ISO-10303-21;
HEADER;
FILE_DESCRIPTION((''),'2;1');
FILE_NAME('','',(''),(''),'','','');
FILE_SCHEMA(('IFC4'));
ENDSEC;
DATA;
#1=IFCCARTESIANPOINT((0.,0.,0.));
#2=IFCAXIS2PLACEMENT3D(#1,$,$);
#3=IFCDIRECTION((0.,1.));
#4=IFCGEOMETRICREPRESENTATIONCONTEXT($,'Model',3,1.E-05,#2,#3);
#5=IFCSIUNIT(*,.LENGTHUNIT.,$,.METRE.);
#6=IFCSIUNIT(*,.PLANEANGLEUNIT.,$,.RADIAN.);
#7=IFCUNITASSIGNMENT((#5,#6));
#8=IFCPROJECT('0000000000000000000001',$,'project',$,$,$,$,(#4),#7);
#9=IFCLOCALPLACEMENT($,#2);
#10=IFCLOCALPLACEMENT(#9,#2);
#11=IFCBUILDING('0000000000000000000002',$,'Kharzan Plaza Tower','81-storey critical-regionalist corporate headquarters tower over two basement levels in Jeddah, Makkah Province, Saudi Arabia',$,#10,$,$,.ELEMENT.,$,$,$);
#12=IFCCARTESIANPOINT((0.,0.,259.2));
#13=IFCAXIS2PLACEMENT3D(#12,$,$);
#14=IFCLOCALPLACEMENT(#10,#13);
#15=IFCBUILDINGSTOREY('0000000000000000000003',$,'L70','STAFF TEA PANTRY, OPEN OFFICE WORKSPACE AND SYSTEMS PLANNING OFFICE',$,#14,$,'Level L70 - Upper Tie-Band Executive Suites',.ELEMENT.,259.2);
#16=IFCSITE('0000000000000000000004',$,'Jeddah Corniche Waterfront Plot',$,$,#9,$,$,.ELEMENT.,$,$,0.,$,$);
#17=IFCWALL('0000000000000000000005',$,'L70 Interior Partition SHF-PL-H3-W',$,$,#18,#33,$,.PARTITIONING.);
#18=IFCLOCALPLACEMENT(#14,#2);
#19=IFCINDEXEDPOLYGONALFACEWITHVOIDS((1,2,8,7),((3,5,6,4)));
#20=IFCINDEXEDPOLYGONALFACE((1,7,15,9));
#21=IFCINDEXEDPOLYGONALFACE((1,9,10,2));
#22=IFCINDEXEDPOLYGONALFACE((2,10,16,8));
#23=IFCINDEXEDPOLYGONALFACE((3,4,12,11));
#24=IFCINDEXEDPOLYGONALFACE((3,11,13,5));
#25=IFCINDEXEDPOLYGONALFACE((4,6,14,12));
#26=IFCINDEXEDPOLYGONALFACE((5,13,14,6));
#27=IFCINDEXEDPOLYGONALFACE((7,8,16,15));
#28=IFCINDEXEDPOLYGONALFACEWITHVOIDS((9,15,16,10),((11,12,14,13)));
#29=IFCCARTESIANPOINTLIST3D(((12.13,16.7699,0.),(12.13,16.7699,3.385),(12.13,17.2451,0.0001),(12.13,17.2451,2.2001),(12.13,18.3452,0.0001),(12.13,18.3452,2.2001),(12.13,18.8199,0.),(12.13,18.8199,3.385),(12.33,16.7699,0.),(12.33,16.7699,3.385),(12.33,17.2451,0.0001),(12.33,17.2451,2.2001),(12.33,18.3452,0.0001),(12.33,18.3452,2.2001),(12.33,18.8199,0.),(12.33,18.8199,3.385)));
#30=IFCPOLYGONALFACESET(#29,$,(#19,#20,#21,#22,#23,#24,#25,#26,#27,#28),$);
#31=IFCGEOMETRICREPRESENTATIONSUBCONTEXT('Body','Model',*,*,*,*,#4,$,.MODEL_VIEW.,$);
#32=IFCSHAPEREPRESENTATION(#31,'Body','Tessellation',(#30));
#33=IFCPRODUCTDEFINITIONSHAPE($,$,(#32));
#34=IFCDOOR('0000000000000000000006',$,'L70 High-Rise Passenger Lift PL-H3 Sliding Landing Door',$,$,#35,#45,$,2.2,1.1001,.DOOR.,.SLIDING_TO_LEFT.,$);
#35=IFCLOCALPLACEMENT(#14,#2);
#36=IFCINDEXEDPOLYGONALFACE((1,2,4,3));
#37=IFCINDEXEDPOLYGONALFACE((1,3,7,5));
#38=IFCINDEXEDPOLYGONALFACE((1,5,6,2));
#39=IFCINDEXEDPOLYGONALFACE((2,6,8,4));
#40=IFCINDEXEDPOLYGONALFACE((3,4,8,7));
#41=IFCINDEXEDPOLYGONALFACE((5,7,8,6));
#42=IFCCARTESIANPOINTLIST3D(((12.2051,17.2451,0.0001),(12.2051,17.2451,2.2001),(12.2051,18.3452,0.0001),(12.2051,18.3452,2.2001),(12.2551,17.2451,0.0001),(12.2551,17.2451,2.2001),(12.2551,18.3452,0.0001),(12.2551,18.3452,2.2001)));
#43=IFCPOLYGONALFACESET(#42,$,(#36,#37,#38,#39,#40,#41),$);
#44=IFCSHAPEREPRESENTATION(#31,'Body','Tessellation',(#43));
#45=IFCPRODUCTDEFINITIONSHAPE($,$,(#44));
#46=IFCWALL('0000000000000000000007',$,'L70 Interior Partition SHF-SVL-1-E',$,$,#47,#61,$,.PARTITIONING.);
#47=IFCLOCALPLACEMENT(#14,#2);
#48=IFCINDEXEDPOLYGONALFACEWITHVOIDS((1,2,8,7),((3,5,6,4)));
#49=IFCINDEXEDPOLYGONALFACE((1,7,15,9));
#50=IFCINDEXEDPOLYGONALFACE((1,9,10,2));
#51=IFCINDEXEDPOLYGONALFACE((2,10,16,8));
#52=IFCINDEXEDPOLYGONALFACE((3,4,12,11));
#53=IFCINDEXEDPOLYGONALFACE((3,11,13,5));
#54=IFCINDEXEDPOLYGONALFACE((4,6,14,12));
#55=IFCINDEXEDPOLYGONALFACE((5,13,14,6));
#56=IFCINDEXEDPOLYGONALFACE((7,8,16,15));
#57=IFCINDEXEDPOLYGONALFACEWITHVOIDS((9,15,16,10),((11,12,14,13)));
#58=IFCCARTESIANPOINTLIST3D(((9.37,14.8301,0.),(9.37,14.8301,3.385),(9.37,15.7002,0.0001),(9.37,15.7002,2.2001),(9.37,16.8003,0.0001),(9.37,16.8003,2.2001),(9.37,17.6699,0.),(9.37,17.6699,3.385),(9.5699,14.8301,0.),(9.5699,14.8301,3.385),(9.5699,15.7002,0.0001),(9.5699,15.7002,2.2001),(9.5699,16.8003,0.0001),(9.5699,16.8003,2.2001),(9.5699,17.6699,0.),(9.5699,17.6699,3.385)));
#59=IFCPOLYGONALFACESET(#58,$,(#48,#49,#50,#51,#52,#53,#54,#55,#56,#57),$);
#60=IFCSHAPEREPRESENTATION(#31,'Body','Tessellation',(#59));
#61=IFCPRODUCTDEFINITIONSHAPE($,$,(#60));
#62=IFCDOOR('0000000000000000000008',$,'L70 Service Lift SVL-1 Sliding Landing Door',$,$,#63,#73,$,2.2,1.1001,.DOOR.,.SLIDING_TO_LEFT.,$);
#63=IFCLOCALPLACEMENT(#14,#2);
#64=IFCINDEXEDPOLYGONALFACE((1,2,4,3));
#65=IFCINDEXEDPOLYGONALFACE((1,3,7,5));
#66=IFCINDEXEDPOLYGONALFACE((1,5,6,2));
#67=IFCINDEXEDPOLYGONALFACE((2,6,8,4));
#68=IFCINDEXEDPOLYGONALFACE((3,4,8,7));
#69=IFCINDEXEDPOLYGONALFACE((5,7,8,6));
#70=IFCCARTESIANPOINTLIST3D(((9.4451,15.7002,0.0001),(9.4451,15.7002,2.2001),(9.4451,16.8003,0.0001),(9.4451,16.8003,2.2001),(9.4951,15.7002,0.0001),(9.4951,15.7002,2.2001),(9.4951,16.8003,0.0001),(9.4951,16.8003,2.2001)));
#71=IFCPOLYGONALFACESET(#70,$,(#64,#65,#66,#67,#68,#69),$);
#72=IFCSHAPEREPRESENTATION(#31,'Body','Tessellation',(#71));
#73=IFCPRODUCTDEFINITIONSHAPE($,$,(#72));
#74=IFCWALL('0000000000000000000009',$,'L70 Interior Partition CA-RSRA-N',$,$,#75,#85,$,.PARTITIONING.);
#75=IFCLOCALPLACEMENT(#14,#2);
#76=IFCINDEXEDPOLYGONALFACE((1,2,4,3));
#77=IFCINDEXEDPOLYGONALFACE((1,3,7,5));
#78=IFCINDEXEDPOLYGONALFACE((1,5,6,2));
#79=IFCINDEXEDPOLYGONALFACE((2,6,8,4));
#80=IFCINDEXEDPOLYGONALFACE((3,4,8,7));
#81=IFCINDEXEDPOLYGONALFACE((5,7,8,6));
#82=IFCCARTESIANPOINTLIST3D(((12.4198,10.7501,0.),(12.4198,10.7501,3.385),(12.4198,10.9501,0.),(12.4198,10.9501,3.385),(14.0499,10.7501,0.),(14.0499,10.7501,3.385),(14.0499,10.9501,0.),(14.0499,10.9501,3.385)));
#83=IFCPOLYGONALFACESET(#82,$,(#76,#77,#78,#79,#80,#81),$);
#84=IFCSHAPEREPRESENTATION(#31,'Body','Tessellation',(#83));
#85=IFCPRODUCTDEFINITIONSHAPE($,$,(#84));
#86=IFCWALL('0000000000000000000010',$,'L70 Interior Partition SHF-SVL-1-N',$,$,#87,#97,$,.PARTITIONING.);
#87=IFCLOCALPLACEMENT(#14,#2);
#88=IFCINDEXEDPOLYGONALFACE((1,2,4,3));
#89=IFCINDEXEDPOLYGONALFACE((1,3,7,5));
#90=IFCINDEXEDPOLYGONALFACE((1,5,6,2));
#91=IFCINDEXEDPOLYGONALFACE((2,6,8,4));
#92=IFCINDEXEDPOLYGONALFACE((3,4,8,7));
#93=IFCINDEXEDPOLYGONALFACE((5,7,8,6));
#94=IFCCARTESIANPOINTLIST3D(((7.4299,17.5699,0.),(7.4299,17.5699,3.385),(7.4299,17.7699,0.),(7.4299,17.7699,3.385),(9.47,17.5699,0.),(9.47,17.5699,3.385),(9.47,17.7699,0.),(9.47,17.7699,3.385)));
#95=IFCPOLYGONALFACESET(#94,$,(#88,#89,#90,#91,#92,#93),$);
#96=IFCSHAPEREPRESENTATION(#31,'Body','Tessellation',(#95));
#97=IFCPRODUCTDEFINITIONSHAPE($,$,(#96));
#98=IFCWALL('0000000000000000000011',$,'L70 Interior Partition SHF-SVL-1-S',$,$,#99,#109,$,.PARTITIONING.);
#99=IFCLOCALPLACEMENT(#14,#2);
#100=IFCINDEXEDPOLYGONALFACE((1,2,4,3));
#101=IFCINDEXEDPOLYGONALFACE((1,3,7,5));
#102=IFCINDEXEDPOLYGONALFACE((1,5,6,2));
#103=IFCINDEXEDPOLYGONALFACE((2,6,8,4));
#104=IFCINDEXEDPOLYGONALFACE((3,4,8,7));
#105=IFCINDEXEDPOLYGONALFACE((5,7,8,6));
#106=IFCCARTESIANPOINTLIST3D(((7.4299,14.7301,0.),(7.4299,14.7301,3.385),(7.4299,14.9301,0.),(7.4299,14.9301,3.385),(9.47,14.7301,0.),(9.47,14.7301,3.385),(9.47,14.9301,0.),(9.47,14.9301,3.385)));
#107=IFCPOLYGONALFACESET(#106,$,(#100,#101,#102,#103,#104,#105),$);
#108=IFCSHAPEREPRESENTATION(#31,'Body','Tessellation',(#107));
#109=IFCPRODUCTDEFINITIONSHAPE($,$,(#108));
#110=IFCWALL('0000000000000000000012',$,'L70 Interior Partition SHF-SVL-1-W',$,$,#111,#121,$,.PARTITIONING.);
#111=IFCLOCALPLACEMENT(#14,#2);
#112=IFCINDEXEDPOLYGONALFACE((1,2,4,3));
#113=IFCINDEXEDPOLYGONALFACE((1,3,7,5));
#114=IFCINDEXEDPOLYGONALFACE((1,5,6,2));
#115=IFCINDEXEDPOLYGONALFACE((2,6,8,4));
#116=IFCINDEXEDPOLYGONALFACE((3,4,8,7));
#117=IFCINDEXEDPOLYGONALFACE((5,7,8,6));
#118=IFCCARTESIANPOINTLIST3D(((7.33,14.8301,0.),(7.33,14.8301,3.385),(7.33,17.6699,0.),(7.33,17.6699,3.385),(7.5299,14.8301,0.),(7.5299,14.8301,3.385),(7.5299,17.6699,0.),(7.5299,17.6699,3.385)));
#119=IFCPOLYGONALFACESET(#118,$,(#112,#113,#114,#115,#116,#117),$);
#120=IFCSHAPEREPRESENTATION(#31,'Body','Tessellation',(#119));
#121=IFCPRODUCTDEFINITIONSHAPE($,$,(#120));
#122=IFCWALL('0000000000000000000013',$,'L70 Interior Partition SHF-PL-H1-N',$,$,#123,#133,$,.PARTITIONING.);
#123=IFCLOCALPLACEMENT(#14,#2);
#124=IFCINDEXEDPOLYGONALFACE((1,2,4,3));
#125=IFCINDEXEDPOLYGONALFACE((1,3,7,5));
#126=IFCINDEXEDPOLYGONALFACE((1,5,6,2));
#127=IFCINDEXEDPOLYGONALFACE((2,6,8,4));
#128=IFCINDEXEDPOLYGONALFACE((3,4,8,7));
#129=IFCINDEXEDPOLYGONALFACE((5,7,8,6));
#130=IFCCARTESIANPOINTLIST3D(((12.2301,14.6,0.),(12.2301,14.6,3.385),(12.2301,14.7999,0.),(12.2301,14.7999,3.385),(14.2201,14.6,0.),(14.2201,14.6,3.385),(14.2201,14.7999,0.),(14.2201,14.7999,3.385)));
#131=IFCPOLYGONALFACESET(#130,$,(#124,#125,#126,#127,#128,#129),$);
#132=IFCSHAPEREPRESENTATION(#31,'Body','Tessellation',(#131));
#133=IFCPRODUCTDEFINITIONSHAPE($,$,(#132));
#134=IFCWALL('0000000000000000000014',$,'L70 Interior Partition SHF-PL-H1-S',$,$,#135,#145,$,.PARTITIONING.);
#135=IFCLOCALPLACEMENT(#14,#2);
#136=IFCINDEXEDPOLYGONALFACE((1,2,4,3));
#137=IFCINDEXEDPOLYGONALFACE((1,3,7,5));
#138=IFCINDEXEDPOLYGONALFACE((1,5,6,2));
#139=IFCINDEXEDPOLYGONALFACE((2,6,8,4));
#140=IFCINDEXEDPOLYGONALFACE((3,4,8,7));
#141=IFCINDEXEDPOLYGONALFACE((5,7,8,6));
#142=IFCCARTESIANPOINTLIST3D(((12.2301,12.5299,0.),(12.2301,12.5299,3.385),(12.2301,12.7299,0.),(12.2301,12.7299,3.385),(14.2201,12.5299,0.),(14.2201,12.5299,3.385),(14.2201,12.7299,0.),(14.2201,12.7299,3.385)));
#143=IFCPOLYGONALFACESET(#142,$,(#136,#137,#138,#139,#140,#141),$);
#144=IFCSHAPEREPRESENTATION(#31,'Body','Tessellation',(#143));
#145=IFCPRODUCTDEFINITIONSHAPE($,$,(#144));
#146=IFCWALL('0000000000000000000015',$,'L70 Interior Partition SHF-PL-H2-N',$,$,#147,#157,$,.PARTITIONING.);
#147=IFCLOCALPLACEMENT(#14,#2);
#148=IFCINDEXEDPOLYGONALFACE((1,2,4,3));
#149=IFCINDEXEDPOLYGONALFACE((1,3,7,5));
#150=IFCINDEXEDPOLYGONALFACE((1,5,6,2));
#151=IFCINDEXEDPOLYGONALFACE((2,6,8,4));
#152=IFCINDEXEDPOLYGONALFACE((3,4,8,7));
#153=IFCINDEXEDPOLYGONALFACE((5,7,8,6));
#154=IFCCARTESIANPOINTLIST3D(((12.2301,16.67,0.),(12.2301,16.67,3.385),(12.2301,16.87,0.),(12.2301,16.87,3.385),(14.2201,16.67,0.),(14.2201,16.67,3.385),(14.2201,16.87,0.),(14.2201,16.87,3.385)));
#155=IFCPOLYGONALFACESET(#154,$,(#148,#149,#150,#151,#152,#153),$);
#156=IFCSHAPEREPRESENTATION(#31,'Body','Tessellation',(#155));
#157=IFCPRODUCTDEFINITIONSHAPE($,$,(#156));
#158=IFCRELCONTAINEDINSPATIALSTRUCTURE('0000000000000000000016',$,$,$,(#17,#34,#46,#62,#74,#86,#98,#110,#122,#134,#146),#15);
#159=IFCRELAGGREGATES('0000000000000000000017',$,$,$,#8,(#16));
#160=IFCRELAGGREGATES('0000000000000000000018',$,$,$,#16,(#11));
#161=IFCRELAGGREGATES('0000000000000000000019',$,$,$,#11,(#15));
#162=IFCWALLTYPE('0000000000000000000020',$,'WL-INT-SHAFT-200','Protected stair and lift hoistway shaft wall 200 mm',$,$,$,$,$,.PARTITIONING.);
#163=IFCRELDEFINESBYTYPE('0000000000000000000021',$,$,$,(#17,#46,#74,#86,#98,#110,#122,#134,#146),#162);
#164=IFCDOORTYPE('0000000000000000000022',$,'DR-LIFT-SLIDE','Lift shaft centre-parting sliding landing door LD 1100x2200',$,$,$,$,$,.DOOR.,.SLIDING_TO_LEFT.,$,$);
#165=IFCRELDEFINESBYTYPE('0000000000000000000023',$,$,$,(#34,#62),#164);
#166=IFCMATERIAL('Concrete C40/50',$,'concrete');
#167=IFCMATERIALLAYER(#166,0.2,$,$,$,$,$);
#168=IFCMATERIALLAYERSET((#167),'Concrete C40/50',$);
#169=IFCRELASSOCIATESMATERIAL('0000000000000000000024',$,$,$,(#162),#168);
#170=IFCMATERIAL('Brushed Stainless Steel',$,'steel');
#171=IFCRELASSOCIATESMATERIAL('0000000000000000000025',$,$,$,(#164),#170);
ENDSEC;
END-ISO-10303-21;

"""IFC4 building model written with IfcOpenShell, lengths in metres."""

from ifc_helpers import new_model, si_unit, direction, frame, frame_2d, origin, place, context, subcontext, project, spatial, rectangle, extrude, source, transform, mapped, material, layer, layer_set, type_object, element, fill, save


model = new_model("IFC4")

# Units and contexts
model_context = context("Model", 3, precision=1e-05, world=origin(), true_north=direction((0.0, 1.0)))
body_context = subcontext(model_context, "Body", "Model", "MODEL_VIEW")
ifc_project = project(units=[si_unit("LENGTHUNIT", "METRE"), si_unit("PLANEANGLEUNIT", "RADIAN")], contexts=[model_context])

# Site, building, storey
site_placement = place(None, origin())
site = spatial("IfcSite", under=ifc_project, at=site_placement, Name="Jeddah Corniche Waterfront Plot", CompositionType="ELEMENT", RefElevation=0.0)
building_placement = place(site_placement, origin())
building = spatial("IfcBuilding", under=site, at=building_placement, Name="Kharzan Plaza Tower", Description="81-storey critical-regionalist corporate headquarters tower over two basement levels in Jeddah, Makkah Province, Saudi Arabia", CompositionType="ELEMENT")
storey_placement = place(building_placement, frame((0.0, 0.0, 259.2)))
storey = spatial("IfcBuildingStorey", under=building, at=storey_placement, Name="L70", Description="STAFF TEA PANTRY, OPEN OFFICE WORKSPACE AND SYSTEMS PLANNING OFFICE", LongName="Level L70 - Upper Tie-Band Executive Suites", CompositionType="ELEMENT", Elevation=259.2)

# Walls, openings, doors
ifc_material_1 = material(Name="Concrete C40/50", Category="concrete")
ifc_layer_1 = layer(ifc_material_1, 0.2)
ifc_layer_set_1 = layer_set([ifc_layer_1], Name="Concrete C40/50")
wall_type_1 = type_object("IfcWallType", Name="WL-INT-SHAFT-200", Description="Protected stair and lift hoistway shaft wall 200 mm", PredefinedType="PARTITIONING", material=ifc_layer_set_1)
ifc_material_2 = material(Name="Brushed Stainless Steel", Category="steel")
door_type_1 = type_object("IfcDoorType", Name="DR-LIFT-SLIDE", Description="Lift shaft centre-parting sliding landing door LD 1100x2200", OperationType="SLIDING_TO_LEFT", PredefinedType="DOOR", material=ifc_material_2)
shared_shape_1 = source(origin(), body_context, "Body", "SweptSolid", [
    extrude(rectangle(XDim=1.1001, YDim=2.2, at=frame_2d((0.55, 1.1001))), frame((0.0, 0.0249, 0.0), z_axis=(0.0, -1.0, 0.0), x_axis=(1.0, 0.0, 0.0)), (0.0, 0.0, 1.0), 0.05),
])
wall_1_placement = place(storey_placement, frame((12.23, 16.77, 0.0), z_axis=(0.0, 0.0, 1.0), x_axis=(0.0, 1.0, 0.0)))
wall_1 = element("IfcWall", 1, at=wall_1_placement, inside=storey, type_object=wall_type_1, Name="L70 Interior Partition SHF-PL-H3-W", PredefinedType="PARTITIONING", context=body_context, shape_type="SweptSolid", body=[
    extrude(rectangle(XDim=2.05, YDim=0.2, at=frame_2d((1.0249, 0.0))), origin(), (0.0, 0.0, 1.0), 3.385),
])
opening_1_placement = place(wall_1_placement, frame((0.4751, 0.0, 0.0)))
opening_1 = element("IfcOpeningElement", 2, at=opening_1_placement, cuts=wall_1, PredefinedType="OPENING", context=body_context, shape_type="SweptSolid", body=[
    extrude(rectangle(XDim=1.1001, YDim=2.2, at=frame_2d((0.55, 1.1001))), frame((0.0, 0.1099, 0.0), z_axis=(0.0, -1.0, 0.0), x_axis=(1.0, 0.0, 0.0)), (0.0, 0.0, 1.0), 0.22),
])
door_1_placement = place(opening_1_placement, origin())
door_1 = element("IfcDoor", 3, at=door_1_placement, inside=storey, type_object=door_type_1, Name="L70 High-Rise Passenger Lift PL-H3 Sliding Landing Door", OperationType="SLIDING_TO_LEFT", OverallHeight=2.2, OverallWidth=1.1001, PredefinedType="DOOR", context=body_context, shape_type="MappedRepresentation", body=[
    mapped(shared_shape_1, transform((0.0, 0.0, 0.0), x_axis=(1.0, 0.0, 0.0), y_axis=(0.0, 1.0, 0.0), z_axis=(0.0, 0.0, 1.0))),
])
fill(opening_1, door_1)
wall_2_placement = place(storey_placement, frame((9.47, 14.8301, 0.0), z_axis=(0.0, 0.0, 1.0), x_axis=(0.0, 1.0, 0.0)))
wall_2 = element("IfcWall", 4, at=wall_2_placement, inside=storey, type_object=wall_type_1, Name="L70 Interior Partition SHF-SVL-1-E", PredefinedType="PARTITIONING", context=body_context, shape_type="SweptSolid", body=[
    extrude(rectangle(XDim=2.8398, YDim=0.2, at=frame_2d((1.4199, 0.0))), origin(), (0.0, 0.0, 1.0), 3.385),
])
opening_2_placement = place(wall_2_placement, frame((0.8701, 0.0, 0.0)))
opening_2 = element("IfcOpeningElement", 5, at=opening_2_placement, cuts=wall_2, PredefinedType="OPENING", context=body_context, shape_type="SweptSolid", body=[
    extrude(rectangle(XDim=1.1001, YDim=2.2, at=frame_2d((0.55, 1.1001))), frame((0.0, 0.1099, 0.0), z_axis=(0.0, -1.0, 0.0), x_axis=(1.0, 0.0, 0.0)), (0.0, 0.0, 1.0), 0.22),
])
door_2_placement = place(opening_2_placement, origin())
door_2 = element("IfcDoor", 6, at=door_2_placement, inside=storey, type_object=door_type_1, Name="L70 Service Lift SVL-1 Sliding Landing Door", OperationType="SLIDING_TO_LEFT", OverallHeight=2.2, OverallWidth=1.1001, PredefinedType="DOOR", context=body_context, shape_type="MappedRepresentation", body=[
    mapped(shared_shape_1, transform((0.0, 0.0, 0.0), x_axis=(1.0, 0.0, 0.0), y_axis=(0.0, 1.0, 0.0), z_axis=(0.0, 0.0, 1.0))),
])
fill(opening_2, door_2)

# Walls
shared_shape_2 = source(origin(), body_context, "Body", "SweptSolid", [
    extrude(rectangle(XDim=1.6301, YDim=0.2, at=frame_2d((0.8149, 0.0))), origin(), (0.0, 0.0, 1.0), 3.385),
])
wall_3_placement = place(storey_placement, frame((12.4199, 10.8501, 0.0), z_axis=(0.0, 0.0, 1.0), x_axis=(1.0, 0.0, 0.0)))
element("IfcWall", 7, at=wall_3_placement, inside=storey, type_object=wall_type_1, Name="L70 Interior Partition CA-RSRA-N", PredefinedType="PARTITIONING", context=body_context, shape_type="MappedRepresentation", body=[
    mapped(shared_shape_2, transform((0.0, 0.0, 0.0), x_axis=(1.0, 0.0, 0.0), y_axis=(0.0, 1.0, 0.0), z_axis=(0.0, 0.0, 1.0))),
])
shared_shape_3 = source(origin(), body_context, "Body", "SweptSolid", [
    extrude(rectangle(XDim=2.04, YDim=0.2, at=frame_2d((1.02, 0.0))), origin(), (0.0, 0.0, 1.0), 3.385),
])
for number, where, z_axis, x_axis, name in (
    (8, (7.4299, 17.6699, 0.0), (0.0, 0.0, 1.0), (1.0, 0.0, 0.0), "L70 Interior Partition SHF-SVL-1-N"),
    (9, (7.4299, 14.8301, 0.0), (0.0, 0.0, 1.0), (1.0, 0.0, 0.0), "L70 Interior Partition SHF-SVL-1-S"),
):
    element("IfcWall", number, at=place(storey_placement, frame(where, z_axis=z_axis, x_axis=x_axis)), inside=storey, type_object=wall_type_1, Name=name, PredefinedType="PARTITIONING", context=body_context, shape_type="MappedRepresentation", body=[
        mapped(shared_shape_3, transform((0.0, 0.0, 0.0), x_axis=(1.0, 0.0, 0.0), y_axis=(0.0, 1.0, 0.0), z_axis=(0.0, 0.0, 1.0))),
    ])
shared_shape_4 = source(origin(), body_context, "Body", "SweptSolid", [
    extrude(rectangle(XDim=2.8398, YDim=0.2, at=frame_2d((1.4199, 0.0))), origin(), (0.0, 0.0, 1.0), 3.385),
])
wall_4_placement = place(storey_placement, frame((7.4299, 14.8301, 0.0), z_axis=(0.0, 0.0, 1.0), x_axis=(0.0, 1.0, 0.0)))
element("IfcWall", 10, at=wall_4_placement, inside=storey, type_object=wall_type_1, Name="L70 Interior Partition SHF-SVL-1-W", PredefinedType="PARTITIONING", context=body_context, shape_type="MappedRepresentation", body=[
    mapped(shared_shape_4, transform((0.0, 0.0, 0.0), x_axis=(1.0, 0.0, 0.0), y_axis=(0.0, 1.0, 0.0), z_axis=(0.0, 0.0, 1.0))),
])
shared_shape_5 = source(origin(), body_context, "Body", "SweptSolid", [
    extrude(rectangle(XDim=1.99, YDim=0.2, at=frame_2d((0.9951, 0.0))), origin(), (0.0, 0.0, 1.0), 3.385),
])
for number, where, z_axis, x_axis, name in (
    (11, (12.23, 14.7, 0.0), (0.0, 0.0, 1.0), (1.0, 0.0, 0.0), "L70 Interior Partition SHF-PL-H1-N"),
    (12, (12.23, 12.6299, 0.0), (0.0, 0.0, 1.0), (1.0, 0.0, 0.0), "L70 Interior Partition SHF-PL-H1-S"),
    (13, (12.23, 16.77, 0.0), (0.0, 0.0, 1.0), (1.0, 0.0, 0.0), "L70 Interior Partition SHF-PL-H2-N"),
):
    element("IfcWall", number, at=place(storey_placement, frame(where, z_axis=z_axis, x_axis=x_axis)), inside=storey, type_object=wall_type_1, Name=name, PredefinedType="PARTITIONING", context=body_context, shape_type="MappedRepresentation", body=[
        mapped(shared_shape_5, transform((0.0, 0.0, 0.0), x_axis=(1.0, 0.0, 0.0), y_axis=(0.0, 1.0, 0.0), z_axis=(0.0, 0.0, 1.0))),
    ])

save(model, "model.ifc")
